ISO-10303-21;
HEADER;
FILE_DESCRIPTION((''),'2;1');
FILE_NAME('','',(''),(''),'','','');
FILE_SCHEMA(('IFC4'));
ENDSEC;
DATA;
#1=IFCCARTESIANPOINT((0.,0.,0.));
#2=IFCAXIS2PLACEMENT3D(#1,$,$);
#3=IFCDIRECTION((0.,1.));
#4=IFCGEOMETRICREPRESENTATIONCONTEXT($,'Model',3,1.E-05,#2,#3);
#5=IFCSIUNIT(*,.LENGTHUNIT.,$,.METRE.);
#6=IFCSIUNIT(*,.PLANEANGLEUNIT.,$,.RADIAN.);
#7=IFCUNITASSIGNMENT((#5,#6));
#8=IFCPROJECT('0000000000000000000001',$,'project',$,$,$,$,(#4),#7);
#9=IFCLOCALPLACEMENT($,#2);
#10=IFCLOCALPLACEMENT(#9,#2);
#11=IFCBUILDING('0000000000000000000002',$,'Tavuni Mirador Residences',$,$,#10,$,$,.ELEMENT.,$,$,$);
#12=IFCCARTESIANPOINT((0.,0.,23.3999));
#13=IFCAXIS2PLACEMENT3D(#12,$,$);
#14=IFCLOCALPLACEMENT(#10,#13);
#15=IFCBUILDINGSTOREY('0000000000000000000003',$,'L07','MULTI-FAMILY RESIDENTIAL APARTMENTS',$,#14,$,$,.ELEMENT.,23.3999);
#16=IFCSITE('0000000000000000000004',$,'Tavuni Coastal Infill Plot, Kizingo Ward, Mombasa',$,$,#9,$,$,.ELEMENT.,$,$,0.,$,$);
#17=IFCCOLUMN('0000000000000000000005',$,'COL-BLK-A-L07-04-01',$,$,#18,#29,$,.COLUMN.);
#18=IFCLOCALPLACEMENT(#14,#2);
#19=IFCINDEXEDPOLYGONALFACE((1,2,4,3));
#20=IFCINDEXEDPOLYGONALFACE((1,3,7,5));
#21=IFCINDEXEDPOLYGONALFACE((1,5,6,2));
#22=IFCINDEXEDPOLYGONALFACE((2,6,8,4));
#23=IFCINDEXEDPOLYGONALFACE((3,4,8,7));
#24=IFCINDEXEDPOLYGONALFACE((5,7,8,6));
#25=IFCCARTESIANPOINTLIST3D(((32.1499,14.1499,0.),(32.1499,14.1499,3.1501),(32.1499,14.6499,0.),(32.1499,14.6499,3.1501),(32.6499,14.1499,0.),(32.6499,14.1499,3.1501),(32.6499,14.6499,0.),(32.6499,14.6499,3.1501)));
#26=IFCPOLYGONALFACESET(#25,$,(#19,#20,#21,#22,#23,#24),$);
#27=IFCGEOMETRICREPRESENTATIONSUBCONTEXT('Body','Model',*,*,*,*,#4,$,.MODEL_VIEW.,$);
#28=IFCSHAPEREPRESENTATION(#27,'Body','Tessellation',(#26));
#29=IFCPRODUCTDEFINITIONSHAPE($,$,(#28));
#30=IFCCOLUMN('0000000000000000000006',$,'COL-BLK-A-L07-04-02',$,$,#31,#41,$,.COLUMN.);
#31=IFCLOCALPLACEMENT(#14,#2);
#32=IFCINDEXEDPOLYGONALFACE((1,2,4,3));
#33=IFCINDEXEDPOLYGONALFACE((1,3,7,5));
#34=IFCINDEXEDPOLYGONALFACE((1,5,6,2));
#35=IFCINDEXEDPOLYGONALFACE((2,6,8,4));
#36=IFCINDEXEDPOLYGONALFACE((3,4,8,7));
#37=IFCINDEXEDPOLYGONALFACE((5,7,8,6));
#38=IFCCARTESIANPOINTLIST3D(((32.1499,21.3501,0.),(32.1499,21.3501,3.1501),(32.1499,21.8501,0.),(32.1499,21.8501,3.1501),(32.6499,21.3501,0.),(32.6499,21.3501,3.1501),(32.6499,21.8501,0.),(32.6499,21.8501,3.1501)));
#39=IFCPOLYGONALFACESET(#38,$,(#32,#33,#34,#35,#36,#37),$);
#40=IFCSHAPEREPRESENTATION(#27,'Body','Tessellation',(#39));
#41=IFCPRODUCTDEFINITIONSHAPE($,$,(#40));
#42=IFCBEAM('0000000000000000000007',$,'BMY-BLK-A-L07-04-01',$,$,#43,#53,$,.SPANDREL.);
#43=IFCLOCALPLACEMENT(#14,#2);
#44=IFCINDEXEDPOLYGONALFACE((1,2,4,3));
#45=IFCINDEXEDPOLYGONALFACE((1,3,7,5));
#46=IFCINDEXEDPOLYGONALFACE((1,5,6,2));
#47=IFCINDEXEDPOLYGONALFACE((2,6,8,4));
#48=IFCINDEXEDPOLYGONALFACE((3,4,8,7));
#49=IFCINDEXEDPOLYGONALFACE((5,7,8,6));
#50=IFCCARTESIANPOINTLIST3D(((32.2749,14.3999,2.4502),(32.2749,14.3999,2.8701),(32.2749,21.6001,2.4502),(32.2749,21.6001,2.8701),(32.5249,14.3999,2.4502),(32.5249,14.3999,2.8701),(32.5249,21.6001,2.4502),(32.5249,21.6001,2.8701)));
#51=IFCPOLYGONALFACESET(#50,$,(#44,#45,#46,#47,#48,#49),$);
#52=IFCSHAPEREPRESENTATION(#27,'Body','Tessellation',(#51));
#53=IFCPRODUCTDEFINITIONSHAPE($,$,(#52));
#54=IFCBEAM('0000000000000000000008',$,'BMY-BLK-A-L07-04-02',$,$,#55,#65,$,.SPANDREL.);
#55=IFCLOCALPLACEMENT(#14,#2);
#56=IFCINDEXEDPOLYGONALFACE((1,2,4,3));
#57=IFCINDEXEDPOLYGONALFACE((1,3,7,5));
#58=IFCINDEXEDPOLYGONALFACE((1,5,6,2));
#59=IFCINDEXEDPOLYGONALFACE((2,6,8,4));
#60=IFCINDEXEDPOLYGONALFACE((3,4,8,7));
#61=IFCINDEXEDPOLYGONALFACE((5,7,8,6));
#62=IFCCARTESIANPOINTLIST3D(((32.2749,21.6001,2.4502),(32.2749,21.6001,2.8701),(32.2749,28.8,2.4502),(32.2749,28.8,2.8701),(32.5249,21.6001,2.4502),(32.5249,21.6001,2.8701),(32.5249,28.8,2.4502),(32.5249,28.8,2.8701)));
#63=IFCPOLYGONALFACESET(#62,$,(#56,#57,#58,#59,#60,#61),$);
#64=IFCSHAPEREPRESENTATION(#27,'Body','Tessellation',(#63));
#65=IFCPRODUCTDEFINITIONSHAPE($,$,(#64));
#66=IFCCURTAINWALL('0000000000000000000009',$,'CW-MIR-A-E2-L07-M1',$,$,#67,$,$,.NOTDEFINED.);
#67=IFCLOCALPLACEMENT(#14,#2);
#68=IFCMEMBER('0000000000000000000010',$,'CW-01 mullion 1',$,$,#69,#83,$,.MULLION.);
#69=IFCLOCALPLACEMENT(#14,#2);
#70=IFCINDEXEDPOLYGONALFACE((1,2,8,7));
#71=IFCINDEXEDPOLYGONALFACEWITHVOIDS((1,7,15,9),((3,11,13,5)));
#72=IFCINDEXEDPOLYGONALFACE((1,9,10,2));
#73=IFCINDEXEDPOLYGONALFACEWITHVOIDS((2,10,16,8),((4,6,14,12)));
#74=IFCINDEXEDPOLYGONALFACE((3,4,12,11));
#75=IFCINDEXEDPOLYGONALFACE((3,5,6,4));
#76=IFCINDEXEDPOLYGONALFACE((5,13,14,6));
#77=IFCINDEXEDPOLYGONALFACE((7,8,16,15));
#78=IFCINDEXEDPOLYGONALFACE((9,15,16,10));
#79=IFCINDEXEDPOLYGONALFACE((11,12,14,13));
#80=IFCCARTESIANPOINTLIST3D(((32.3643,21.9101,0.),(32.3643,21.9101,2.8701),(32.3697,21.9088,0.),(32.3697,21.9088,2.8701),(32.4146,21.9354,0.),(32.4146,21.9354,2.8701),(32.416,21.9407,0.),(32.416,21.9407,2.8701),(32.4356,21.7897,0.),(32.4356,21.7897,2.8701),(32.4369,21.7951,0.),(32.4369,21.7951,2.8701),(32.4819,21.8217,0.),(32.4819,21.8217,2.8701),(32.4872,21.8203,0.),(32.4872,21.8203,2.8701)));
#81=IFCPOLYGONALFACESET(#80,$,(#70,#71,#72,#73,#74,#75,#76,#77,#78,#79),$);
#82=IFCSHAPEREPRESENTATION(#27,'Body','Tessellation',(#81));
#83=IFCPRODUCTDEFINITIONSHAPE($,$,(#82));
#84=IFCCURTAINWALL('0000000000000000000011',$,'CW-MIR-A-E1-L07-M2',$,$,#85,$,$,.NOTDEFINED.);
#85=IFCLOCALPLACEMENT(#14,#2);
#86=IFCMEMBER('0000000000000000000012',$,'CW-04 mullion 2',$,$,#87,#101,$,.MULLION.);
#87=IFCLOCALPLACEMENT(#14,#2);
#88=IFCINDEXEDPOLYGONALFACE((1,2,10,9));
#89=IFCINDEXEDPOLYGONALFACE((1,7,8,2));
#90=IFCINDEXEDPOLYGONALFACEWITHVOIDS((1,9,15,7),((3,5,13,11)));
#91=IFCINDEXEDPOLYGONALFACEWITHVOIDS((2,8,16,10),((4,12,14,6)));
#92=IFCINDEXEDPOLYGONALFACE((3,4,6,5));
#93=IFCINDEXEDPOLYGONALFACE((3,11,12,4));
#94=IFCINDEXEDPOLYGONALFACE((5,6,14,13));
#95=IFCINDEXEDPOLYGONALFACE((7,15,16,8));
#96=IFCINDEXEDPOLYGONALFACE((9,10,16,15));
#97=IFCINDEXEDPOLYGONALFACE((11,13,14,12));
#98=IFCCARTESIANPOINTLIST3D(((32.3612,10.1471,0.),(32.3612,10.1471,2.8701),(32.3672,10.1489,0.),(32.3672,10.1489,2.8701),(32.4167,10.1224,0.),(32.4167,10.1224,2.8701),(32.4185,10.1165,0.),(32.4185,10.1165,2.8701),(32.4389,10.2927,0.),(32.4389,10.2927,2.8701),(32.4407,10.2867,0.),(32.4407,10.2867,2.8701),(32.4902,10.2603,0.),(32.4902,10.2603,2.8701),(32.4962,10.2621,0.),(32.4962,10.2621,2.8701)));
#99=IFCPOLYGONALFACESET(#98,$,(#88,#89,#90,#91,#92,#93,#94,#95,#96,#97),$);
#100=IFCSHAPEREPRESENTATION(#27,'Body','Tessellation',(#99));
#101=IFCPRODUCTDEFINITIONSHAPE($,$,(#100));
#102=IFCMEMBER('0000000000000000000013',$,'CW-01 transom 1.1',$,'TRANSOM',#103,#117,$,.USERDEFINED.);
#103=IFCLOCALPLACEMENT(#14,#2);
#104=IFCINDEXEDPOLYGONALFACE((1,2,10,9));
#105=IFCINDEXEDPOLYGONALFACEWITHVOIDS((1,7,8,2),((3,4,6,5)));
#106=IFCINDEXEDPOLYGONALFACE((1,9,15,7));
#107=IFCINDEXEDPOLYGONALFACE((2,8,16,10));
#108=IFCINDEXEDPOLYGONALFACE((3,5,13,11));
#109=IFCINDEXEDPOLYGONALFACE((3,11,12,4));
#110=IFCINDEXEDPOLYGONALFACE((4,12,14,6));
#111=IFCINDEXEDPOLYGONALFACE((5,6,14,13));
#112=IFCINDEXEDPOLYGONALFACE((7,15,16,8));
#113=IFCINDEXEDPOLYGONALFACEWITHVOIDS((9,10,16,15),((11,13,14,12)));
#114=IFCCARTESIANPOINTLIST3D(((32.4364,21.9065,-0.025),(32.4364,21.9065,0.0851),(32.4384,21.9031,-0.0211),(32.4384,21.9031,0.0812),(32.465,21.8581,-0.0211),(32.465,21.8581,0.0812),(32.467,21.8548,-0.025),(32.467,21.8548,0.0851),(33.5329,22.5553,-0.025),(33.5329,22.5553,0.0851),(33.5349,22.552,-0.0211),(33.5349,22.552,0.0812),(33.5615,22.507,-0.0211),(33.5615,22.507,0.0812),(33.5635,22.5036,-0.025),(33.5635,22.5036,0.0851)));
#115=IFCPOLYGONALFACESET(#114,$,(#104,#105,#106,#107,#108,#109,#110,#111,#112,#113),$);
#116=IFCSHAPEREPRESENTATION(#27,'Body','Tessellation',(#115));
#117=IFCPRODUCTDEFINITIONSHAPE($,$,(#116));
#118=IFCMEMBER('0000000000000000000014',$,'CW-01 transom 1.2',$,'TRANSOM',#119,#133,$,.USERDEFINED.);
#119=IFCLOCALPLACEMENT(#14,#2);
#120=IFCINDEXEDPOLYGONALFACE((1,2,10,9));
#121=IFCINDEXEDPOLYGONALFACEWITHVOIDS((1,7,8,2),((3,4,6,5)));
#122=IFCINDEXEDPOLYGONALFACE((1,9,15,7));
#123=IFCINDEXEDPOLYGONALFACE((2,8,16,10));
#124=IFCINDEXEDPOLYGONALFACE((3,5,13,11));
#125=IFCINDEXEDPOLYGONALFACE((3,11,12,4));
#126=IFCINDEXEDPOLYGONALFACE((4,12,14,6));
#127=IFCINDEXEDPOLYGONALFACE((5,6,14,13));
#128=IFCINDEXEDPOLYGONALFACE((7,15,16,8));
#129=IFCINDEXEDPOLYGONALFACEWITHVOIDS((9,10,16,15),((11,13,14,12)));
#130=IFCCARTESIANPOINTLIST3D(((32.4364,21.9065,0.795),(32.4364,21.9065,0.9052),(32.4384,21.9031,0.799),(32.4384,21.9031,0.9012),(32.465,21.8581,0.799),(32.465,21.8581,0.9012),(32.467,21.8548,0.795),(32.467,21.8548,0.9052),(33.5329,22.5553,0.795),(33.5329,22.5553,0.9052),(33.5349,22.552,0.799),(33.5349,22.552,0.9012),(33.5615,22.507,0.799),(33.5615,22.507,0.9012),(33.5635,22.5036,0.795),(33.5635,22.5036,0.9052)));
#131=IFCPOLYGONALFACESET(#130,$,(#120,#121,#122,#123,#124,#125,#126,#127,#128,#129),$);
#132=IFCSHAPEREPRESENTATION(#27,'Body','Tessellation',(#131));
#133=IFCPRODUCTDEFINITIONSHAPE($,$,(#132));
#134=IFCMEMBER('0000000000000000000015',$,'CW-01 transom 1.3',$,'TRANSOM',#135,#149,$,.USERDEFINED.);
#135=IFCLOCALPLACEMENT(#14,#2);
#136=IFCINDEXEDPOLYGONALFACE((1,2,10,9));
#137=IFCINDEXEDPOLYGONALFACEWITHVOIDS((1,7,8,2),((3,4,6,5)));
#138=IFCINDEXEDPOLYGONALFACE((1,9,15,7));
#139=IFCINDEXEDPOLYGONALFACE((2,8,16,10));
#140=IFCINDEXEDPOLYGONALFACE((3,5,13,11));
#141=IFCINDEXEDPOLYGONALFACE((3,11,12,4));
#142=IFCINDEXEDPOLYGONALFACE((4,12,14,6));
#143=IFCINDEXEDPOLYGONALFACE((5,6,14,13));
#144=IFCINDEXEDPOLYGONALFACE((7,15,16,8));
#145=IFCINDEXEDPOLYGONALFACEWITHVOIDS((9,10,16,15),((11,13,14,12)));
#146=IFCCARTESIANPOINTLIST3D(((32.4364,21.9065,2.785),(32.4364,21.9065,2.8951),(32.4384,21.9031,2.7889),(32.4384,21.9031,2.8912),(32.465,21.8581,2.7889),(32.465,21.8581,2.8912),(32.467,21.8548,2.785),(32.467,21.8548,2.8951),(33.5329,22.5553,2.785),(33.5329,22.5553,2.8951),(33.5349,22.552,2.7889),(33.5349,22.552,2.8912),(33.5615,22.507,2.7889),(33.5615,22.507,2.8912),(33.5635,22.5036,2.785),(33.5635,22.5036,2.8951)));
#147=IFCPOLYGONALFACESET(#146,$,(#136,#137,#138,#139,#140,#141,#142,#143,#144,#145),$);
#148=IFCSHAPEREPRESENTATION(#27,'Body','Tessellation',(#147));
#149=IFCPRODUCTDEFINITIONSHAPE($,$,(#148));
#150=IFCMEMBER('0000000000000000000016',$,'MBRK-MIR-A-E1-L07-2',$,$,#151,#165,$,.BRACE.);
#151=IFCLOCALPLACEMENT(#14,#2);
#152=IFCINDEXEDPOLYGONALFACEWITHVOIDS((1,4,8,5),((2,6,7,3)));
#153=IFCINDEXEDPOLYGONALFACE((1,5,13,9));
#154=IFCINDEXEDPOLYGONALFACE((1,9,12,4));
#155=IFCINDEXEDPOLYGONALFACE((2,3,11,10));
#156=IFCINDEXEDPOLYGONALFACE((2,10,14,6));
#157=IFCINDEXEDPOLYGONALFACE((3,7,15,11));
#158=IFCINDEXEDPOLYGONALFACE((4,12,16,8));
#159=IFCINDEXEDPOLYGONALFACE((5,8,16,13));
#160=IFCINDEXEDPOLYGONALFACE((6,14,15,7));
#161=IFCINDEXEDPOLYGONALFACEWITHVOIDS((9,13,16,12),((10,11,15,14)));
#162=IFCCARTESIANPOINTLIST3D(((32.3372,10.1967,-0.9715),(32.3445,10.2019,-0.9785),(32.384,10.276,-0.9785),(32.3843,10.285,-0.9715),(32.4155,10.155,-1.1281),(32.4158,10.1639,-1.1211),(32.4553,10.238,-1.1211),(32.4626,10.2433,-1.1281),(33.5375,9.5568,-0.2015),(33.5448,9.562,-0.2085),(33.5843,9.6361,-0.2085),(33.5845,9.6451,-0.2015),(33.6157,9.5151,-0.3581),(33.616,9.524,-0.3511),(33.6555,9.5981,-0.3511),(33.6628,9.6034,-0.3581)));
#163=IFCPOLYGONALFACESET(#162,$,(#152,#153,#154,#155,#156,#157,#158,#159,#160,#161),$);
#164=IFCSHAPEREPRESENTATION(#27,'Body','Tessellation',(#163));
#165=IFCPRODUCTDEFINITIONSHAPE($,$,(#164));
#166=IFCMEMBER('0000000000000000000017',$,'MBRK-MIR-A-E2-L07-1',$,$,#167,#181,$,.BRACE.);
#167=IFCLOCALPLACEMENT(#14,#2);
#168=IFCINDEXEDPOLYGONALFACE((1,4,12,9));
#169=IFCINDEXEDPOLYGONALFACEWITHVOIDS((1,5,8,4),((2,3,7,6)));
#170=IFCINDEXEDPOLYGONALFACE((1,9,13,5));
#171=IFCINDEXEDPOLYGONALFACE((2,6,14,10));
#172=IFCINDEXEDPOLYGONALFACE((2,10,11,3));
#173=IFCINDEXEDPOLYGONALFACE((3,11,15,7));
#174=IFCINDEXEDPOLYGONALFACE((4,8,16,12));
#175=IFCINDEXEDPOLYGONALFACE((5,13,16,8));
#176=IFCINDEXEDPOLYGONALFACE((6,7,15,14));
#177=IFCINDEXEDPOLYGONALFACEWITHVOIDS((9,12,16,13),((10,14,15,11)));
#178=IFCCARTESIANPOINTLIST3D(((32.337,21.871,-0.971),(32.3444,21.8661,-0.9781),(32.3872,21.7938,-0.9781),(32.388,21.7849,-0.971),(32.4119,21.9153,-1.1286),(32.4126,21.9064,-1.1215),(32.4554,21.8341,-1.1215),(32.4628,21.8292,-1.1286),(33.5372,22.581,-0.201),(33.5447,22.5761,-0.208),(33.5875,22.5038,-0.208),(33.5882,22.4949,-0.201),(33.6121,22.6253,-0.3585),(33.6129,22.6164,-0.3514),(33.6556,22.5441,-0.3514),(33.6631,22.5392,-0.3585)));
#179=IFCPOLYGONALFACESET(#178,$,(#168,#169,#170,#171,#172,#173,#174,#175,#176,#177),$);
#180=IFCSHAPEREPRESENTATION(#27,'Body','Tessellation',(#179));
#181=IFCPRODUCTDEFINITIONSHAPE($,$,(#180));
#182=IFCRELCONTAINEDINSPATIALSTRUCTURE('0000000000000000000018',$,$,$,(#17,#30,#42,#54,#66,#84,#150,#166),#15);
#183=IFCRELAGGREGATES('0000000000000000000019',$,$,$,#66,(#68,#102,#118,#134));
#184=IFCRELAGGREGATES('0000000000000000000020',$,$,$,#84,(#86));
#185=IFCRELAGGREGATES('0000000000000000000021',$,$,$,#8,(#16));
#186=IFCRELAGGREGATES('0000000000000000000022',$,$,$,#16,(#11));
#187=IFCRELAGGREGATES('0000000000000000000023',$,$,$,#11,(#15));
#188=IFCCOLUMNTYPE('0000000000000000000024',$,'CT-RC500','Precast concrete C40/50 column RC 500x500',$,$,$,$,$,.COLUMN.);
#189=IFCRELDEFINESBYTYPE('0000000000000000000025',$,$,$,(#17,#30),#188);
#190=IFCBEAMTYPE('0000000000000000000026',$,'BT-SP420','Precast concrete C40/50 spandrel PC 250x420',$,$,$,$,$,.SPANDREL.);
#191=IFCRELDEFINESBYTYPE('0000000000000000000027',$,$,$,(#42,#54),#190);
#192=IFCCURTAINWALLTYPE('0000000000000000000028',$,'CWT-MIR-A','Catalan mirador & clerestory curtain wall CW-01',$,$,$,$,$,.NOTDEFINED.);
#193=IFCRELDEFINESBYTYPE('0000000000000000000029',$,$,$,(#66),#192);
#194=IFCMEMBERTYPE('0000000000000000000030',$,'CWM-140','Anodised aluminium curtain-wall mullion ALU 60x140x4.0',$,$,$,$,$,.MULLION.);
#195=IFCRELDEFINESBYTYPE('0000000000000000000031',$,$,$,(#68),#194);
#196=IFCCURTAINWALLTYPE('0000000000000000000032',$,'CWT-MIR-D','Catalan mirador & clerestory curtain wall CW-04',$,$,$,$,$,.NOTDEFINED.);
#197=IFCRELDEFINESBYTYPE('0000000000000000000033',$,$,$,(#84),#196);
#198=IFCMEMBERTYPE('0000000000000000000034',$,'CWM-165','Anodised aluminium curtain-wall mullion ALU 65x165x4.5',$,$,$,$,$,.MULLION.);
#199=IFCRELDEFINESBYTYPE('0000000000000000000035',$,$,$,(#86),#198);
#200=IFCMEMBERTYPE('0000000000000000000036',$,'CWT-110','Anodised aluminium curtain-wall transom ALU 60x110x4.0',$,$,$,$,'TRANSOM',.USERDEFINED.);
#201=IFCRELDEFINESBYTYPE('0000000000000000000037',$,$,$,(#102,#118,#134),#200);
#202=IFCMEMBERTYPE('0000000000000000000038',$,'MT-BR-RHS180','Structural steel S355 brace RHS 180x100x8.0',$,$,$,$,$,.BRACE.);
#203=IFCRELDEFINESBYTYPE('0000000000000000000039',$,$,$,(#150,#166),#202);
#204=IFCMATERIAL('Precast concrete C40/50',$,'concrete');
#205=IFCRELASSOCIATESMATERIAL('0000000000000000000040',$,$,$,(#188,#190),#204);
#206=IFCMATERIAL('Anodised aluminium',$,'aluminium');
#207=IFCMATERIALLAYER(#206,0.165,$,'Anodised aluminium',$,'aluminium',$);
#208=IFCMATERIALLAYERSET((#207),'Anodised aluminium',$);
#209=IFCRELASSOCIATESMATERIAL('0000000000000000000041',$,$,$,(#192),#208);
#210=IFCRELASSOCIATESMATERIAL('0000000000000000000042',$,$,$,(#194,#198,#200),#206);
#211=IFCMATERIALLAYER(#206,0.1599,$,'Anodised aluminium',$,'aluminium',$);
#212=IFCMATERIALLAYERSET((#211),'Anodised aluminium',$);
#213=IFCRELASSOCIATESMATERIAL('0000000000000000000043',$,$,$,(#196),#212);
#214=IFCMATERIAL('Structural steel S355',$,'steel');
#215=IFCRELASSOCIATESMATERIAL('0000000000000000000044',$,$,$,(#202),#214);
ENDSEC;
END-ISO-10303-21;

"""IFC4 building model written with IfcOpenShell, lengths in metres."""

from ifc_helpers import new_model, si_unit, direction, frame, origin, origin_2d, place, context, subcontext, project, spatial, rectangle, hollow_rectangle, extrude, material, layer, layer_set, material_profile, profile_set, type_object, element, aggregate, save


model = new_model("IFC4")

# Units and contexts
model_context = context("Model", 3, precision=1e-05, world=origin(), true_north=direction((0.0, 1.0)))
body_context = subcontext(model_context, "Body", "Model", "MODEL_VIEW")
ifc_project = project(units=[si_unit("LENGTHUNIT", "METRE"), si_unit("PLANEANGLEUNIT", "RADIAN")], contexts=[model_context])

# Site, building, storey
site_placement = place(None, origin())
site = spatial("IfcSite", under=ifc_project, at=site_placement, Name="Tavuni Coastal Infill Plot, Kizingo Ward, Mombasa", CompositionType="ELEMENT", RefElevation=0.0)
building_placement = place(site_placement, origin())
building = spatial("IfcBuilding", under=site, at=building_placement, Name="Tavuni Mirador Residences", CompositionType="ELEMENT")
storey_placement = place(building_placement, frame((0.0, 0.0, 23.3999)))
storey = spatial("IfcBuildingStorey", under=building, at=storey_placement, Name="L07", Description="MULTI-FAMILY RESIDENTIAL APARTMENTS", CompositionType="ELEMENT", Elevation=23.3999)

# Columns
ifc_material_1 = material(Name="Precast concrete C40/50", Category="concrete")
ifc_material_profile_1 = material_profile(ifc_material_1, rectangle(XDim=0.5, YDim=0.5, at=origin_2d()), Name="RC 500x500", Category="concrete")
ifc_profile_set_1 = profile_set([ifc_material_profile_1], Name="Precast concrete C40/50")
column_type = type_object("IfcColumnType", Name="CT-RC500", Description="Precast concrete C40/50 column RC 500x500", PredefinedType="COLUMN", material=ifc_profile_set_1)
for number, where, z_axis, x_axis, name in (
    (1, (32.3999, 14.3999, 0.0), (0.0, 0.0, 1.0), (1.0, 0.0, 0.0), "COL-BLK-A-L07-04-01"),
    (2, (32.3999, 21.6001, 0.0), (0.0, 0.0, 1.0), (1.0, 0.0, 0.0), "COL-BLK-A-L07-04-02"),
):
    element("IfcColumn", number, at=place(storey_placement, frame(where, z_axis=z_axis, x_axis=x_axis)), inside=storey, type_object=column_type, Name=name, PredefinedType="COLUMN", context=body_context, shape_type="SweptSolid", body=[
        extrude(rectangle(XDim=0.5, YDim=0.5, at=origin_2d()), origin(), (0.0, 0.0, 1.0), 3.1501),
    ])

# Beams
ifc_material_profile_2 = material_profile(ifc_material_1, rectangle(XDim=0.25, YDim=0.4199, at=origin_2d()), Name="PC 250x420", Category="concrete")
ifc_profile_set_2 = profile_set([ifc_material_profile_2], Name="Precast concrete C40/50")
beam_type = type_object("IfcBeamType", Name="BT-SP420", Description="Precast concrete C40/50 spandrel PC 250x420", PredefinedType="SPANDREL", material=ifc_profile_set_2)
beam_1_placement = place(storey_placement, frame((32.3999, 14.3999, 2.6602), z_axis=(0.0, 1.0, 0.0), x_axis=(-1.0, 0.0, 0.0)))
element("IfcBeam", 3, at=beam_1_placement, inside=storey, type_object=beam_type, Name="BMY-BLK-A-L07-04-01", PredefinedType="SPANDREL", context=body_context, shape_type="SweptSolid", body=[
    extrude(rectangle(XDim=0.25, YDim=0.4199, at=origin_2d()), origin(), (0.0, 0.0, 1.0), 7.2002),
])
beam_2_placement = place(storey_placement, frame((32.3999, 21.6001, 2.6602), z_axis=(0.0, 1.0, 0.0), x_axis=(-1.0, 0.0, 0.0)))
element("IfcBeam", 4, at=beam_2_placement, inside=storey, type_object=beam_type, Name="BMY-BLK-A-L07-04-02", PredefinedType="SPANDREL", context=body_context, shape_type="SweptSolid", body=[
    extrude(rectangle(XDim=0.25, YDim=0.4199, at=origin_2d()), origin(), (0.0, 0.0, 1.0), 7.2),
])

# Curtain walls, members
ifc_material_2 = material(Name="Anodised aluminium", Category="aluminium")
ifc_layer_1 = layer(ifc_material_2, 0.165, Name="Anodised aluminium", Category="aluminium")
ifc_layer_set_1 = layer_set([ifc_layer_1], Name="Anodised aluminium")
curtain_wall_type_1 = type_object("IfcCurtainWallType", Name="CWT-MIR-A", Description="Catalan mirador & clerestory curtain wall CW-01", PredefinedType="NOTDEFINED", material=ifc_layer_set_1)
curtain_wall_1_placement = place(storey_placement, origin())
curtain_wall_1 = element("IfcCurtainWall", 5, at=curtain_wall_1_placement, inside=storey, type_object=curtain_wall_type_1, Name="CW-MIR-A-E2-L07-M1", PredefinedType="NOTDEFINED")
ifc_material_profile_3 = material_profile(ifc_material_2, hollow_rectangle(XDim=0.0601, YDim=0.1399, WallThickness=0.0039, at=origin_2d()), Name="ALU 60x140x4.0", Category="aluminium")
ifc_profile_set_3 = profile_set([ifc_material_profile_3], Name="Anodised aluminium")
member_type_1 = type_object("IfcMemberType", Name="CWM-140", Description="Anodised aluminium curtain-wall mullion ALU 60x140x4.0", PredefinedType="MULLION", material=ifc_profile_set_3)
member_1_placement = place(storey_placement, frame((32.4258, 21.8652, 0.0), z_axis=(0.0, 0.0, 1.0), x_axis=(0.860641, 0.509212, 0.0)))
member_1 = element("IfcMember", 6, at=member_1_placement, type_object=member_type_1, Name="CW-01 mullion 1", PredefinedType="MULLION", context=body_context, shape_type="SweptSolid", body=[
    extrude(hollow_rectangle(XDim=0.0601, YDim=0.1399, WallThickness=0.0039, at=origin_2d()), origin(), (0.0, 0.0, 1.0), 2.8701),
])
ifc_layer_2 = layer(ifc_material_2, 0.1599, Name="Anodised aluminium", Category="aluminium")
ifc_layer_set_2 = layer_set([ifc_layer_2], Name="Anodised aluminium")
curtain_wall_type_2 = type_object("IfcCurtainWallType", Name="CWT-MIR-D", Description="Catalan mirador & clerestory curtain wall CW-04", PredefinedType="NOTDEFINED", material=ifc_layer_set_2)
curtain_wall_2_placement = place(storey_placement, origin())
curtain_wall_2 = element("IfcCurtainWall", 7, at=curtain_wall_2_placement, inside=storey, type_object=curtain_wall_type_2, Name="CW-MIR-A-E1-L07-M2", PredefinedType="NOTDEFINED")
ifc_material_profile_4 = material_profile(ifc_material_2, hollow_rectangle(XDim=0.0649, YDim=0.165, WallThickness=0.0044, at=origin_2d()), Name="ALU 65x165x4.5", Category="aluminium")
ifc_profile_set_4 = profile_set([ifc_material_profile_4], Name="Anodised aluminium")
member_type_2 = type_object("IfcMemberType", Name="CWM-165", Description="Anodised aluminium curtain-wall mullion ALU 65x165x4.5", PredefinedType="MULLION", material=ifc_profile_set_4)
member_2_placement = place(storey_placement, frame((32.4287, 10.2046, 0.0), z_axis=(0.0, 0.0, 1.0), x_axis=(-0.882353, 0.470588, 0.0)))
member_2 = element("IfcMember", 8, at=member_2_placement, type_object=member_type_2, Name="CW-04 mullion 2", PredefinedType="MULLION", context=body_context, shape_type="SweptSolid", body=[
    extrude(hollow_rectangle(XDim=0.0649, YDim=0.165, WallThickness=0.0044, at=origin_2d()), origin(), (0.0, 0.0, 1.0), 2.8701),
])

# Members
ifc_material_profile_5 = material_profile(ifc_material_2, hollow_rectangle(XDim=0.0601, YDim=0.1101, WallThickness=0.0039, at=origin_2d()), Name="ALU 60x110x4.0", Category="aluminium")
ifc_profile_set_5 = profile_set([ifc_material_profile_5], Name="Anodised aluminium")
member_type_3 = type_object("IfcMemberType", Name="CWT-110", Description="Anodised aluminium curtain-wall transom ALU 60x110x4.0", ElementType="TRANSOM", PredefinedType="USERDEFINED", material=ifc_profile_set_5)
member_3_placement = place(storey_placement, frame((32.4517, 21.8806, 0.03), z_axis=(0.860621, 0.509246, 0.0), x_axis=(-0.509246, 0.860621, 0.0)))
member_3 = element("IfcMember", 9, at=member_3_placement, type_object=member_type_3, Name="CW-01 transom 1.1", ObjectType="TRANSOM", PredefinedType="USERDEFINED", context=body_context, shape_type="SweptSolid", body=[
    extrude(hollow_rectangle(XDim=0.0601, YDim=0.1101, WallThickness=0.0039, at=origin_2d()), origin(), (0.0, 0.0, 1.0), 1.2742),
])
member_4_placement = place(storey_placement, frame((32.4517, 21.8806, 0.8501), z_axis=(0.860621, 0.509246, 0.0), x_axis=(-0.509246, 0.860621, 0.0)))
member_4 = element("IfcMember", 10, at=member_4_placement, type_object=member_type_3, Name="CW-01 transom 1.2", ObjectType="TRANSOM", PredefinedType="USERDEFINED", context=body_context, shape_type="SweptSolid", body=[
    extrude(hollow_rectangle(XDim=0.0601, YDim=0.1101, WallThickness=0.0039, at=origin_2d()), origin(), (0.0, 0.0, 1.0), 1.2742),
])
member_5_placement = place(storey_placement, frame((32.4517, 21.8806, 2.8401), z_axis=(0.860621, 0.509246, 0.0), x_axis=(-0.509246, 0.860621, 0.0)))
member_5 = element("IfcMember", 11, at=member_5_placement, type_object=member_type_3, Name="CW-01 transom 1.3", ObjectType="TRANSOM", PredefinedType="USERDEFINED", context=body_context, shape_type="SweptSolid", body=[
    extrude(hollow_rectangle(XDim=0.0601, YDim=0.1101, WallThickness=0.0039, at=origin_2d()), origin(), (0.0, 0.0, 1.0), 1.2742),
])

# Members
ifc_material_3 = material(Name="Structural steel S355", Category="steel")
ifc_material_profile_6 = material_profile(ifc_material_3, hollow_rectangle(XDim=0.1001, YDim=0.1799, WallThickness=0.0081, at=origin_2d()), Name="RHS 180x100x8.0", Category="steel")
ifc_profile_set_6 = profile_set([ifc_material_profile_6], Name="Structural steel S355")
member_type_4 = type_object("IfcMemberType", Name="MT-BR-RHS180", Description="Structural steel S355 brace RHS 180x100x8.0", PredefinedType="BRACE", material=ifc_profile_set_6)
member_6_placement = place(storey_placement, frame((32.3999, 10.22, -1.0498), z_axis=(0.767896, -0.409409, 0.492666), x_axis=(0.470467, 0.882418, 0.0)))
element("IfcMember", 12, at=member_6_placement, inside=storey, type_object=member_type_4, Name="MBRK-MIR-A-E1-L07-2", PredefinedType="BRACE", context=body_context, shape_type="SweptSolid", body=[
    extrude(hollow_rectangle(XDim=0.1001, YDim=0.1799, WallThickness=0.0081, at=origin_2d()), origin(), (0.0, 0.0, 1.0), 1.563),
])
member_7_placement = place(storey_placement, frame((32.3999, 21.8501, -1.0498), z_axis=(0.753449, 0.445693, 0.483397), x_axis=(-0.50913, 0.860689, 0.0)))
element("IfcMember", 13, at=member_7_placement, inside=storey, type_object=member_type_4, Name="MBRK-MIR-A-E2-L07-1", PredefinedType="BRACE", context=body_context, shape_type="SweptSolid", body=[
    extrude(hollow_rectangle(XDim=0.1001, YDim=0.1799, WallThickness=0.0081, at=origin_2d()), origin(), (0.0, 0.0, 1.0), 1.593),
])

aggregate(curtain_wall_1, [member_1, member_3, member_4, member_5])
aggregate(curtain_wall_2, [member_2])

save(model, "model.ifc")
